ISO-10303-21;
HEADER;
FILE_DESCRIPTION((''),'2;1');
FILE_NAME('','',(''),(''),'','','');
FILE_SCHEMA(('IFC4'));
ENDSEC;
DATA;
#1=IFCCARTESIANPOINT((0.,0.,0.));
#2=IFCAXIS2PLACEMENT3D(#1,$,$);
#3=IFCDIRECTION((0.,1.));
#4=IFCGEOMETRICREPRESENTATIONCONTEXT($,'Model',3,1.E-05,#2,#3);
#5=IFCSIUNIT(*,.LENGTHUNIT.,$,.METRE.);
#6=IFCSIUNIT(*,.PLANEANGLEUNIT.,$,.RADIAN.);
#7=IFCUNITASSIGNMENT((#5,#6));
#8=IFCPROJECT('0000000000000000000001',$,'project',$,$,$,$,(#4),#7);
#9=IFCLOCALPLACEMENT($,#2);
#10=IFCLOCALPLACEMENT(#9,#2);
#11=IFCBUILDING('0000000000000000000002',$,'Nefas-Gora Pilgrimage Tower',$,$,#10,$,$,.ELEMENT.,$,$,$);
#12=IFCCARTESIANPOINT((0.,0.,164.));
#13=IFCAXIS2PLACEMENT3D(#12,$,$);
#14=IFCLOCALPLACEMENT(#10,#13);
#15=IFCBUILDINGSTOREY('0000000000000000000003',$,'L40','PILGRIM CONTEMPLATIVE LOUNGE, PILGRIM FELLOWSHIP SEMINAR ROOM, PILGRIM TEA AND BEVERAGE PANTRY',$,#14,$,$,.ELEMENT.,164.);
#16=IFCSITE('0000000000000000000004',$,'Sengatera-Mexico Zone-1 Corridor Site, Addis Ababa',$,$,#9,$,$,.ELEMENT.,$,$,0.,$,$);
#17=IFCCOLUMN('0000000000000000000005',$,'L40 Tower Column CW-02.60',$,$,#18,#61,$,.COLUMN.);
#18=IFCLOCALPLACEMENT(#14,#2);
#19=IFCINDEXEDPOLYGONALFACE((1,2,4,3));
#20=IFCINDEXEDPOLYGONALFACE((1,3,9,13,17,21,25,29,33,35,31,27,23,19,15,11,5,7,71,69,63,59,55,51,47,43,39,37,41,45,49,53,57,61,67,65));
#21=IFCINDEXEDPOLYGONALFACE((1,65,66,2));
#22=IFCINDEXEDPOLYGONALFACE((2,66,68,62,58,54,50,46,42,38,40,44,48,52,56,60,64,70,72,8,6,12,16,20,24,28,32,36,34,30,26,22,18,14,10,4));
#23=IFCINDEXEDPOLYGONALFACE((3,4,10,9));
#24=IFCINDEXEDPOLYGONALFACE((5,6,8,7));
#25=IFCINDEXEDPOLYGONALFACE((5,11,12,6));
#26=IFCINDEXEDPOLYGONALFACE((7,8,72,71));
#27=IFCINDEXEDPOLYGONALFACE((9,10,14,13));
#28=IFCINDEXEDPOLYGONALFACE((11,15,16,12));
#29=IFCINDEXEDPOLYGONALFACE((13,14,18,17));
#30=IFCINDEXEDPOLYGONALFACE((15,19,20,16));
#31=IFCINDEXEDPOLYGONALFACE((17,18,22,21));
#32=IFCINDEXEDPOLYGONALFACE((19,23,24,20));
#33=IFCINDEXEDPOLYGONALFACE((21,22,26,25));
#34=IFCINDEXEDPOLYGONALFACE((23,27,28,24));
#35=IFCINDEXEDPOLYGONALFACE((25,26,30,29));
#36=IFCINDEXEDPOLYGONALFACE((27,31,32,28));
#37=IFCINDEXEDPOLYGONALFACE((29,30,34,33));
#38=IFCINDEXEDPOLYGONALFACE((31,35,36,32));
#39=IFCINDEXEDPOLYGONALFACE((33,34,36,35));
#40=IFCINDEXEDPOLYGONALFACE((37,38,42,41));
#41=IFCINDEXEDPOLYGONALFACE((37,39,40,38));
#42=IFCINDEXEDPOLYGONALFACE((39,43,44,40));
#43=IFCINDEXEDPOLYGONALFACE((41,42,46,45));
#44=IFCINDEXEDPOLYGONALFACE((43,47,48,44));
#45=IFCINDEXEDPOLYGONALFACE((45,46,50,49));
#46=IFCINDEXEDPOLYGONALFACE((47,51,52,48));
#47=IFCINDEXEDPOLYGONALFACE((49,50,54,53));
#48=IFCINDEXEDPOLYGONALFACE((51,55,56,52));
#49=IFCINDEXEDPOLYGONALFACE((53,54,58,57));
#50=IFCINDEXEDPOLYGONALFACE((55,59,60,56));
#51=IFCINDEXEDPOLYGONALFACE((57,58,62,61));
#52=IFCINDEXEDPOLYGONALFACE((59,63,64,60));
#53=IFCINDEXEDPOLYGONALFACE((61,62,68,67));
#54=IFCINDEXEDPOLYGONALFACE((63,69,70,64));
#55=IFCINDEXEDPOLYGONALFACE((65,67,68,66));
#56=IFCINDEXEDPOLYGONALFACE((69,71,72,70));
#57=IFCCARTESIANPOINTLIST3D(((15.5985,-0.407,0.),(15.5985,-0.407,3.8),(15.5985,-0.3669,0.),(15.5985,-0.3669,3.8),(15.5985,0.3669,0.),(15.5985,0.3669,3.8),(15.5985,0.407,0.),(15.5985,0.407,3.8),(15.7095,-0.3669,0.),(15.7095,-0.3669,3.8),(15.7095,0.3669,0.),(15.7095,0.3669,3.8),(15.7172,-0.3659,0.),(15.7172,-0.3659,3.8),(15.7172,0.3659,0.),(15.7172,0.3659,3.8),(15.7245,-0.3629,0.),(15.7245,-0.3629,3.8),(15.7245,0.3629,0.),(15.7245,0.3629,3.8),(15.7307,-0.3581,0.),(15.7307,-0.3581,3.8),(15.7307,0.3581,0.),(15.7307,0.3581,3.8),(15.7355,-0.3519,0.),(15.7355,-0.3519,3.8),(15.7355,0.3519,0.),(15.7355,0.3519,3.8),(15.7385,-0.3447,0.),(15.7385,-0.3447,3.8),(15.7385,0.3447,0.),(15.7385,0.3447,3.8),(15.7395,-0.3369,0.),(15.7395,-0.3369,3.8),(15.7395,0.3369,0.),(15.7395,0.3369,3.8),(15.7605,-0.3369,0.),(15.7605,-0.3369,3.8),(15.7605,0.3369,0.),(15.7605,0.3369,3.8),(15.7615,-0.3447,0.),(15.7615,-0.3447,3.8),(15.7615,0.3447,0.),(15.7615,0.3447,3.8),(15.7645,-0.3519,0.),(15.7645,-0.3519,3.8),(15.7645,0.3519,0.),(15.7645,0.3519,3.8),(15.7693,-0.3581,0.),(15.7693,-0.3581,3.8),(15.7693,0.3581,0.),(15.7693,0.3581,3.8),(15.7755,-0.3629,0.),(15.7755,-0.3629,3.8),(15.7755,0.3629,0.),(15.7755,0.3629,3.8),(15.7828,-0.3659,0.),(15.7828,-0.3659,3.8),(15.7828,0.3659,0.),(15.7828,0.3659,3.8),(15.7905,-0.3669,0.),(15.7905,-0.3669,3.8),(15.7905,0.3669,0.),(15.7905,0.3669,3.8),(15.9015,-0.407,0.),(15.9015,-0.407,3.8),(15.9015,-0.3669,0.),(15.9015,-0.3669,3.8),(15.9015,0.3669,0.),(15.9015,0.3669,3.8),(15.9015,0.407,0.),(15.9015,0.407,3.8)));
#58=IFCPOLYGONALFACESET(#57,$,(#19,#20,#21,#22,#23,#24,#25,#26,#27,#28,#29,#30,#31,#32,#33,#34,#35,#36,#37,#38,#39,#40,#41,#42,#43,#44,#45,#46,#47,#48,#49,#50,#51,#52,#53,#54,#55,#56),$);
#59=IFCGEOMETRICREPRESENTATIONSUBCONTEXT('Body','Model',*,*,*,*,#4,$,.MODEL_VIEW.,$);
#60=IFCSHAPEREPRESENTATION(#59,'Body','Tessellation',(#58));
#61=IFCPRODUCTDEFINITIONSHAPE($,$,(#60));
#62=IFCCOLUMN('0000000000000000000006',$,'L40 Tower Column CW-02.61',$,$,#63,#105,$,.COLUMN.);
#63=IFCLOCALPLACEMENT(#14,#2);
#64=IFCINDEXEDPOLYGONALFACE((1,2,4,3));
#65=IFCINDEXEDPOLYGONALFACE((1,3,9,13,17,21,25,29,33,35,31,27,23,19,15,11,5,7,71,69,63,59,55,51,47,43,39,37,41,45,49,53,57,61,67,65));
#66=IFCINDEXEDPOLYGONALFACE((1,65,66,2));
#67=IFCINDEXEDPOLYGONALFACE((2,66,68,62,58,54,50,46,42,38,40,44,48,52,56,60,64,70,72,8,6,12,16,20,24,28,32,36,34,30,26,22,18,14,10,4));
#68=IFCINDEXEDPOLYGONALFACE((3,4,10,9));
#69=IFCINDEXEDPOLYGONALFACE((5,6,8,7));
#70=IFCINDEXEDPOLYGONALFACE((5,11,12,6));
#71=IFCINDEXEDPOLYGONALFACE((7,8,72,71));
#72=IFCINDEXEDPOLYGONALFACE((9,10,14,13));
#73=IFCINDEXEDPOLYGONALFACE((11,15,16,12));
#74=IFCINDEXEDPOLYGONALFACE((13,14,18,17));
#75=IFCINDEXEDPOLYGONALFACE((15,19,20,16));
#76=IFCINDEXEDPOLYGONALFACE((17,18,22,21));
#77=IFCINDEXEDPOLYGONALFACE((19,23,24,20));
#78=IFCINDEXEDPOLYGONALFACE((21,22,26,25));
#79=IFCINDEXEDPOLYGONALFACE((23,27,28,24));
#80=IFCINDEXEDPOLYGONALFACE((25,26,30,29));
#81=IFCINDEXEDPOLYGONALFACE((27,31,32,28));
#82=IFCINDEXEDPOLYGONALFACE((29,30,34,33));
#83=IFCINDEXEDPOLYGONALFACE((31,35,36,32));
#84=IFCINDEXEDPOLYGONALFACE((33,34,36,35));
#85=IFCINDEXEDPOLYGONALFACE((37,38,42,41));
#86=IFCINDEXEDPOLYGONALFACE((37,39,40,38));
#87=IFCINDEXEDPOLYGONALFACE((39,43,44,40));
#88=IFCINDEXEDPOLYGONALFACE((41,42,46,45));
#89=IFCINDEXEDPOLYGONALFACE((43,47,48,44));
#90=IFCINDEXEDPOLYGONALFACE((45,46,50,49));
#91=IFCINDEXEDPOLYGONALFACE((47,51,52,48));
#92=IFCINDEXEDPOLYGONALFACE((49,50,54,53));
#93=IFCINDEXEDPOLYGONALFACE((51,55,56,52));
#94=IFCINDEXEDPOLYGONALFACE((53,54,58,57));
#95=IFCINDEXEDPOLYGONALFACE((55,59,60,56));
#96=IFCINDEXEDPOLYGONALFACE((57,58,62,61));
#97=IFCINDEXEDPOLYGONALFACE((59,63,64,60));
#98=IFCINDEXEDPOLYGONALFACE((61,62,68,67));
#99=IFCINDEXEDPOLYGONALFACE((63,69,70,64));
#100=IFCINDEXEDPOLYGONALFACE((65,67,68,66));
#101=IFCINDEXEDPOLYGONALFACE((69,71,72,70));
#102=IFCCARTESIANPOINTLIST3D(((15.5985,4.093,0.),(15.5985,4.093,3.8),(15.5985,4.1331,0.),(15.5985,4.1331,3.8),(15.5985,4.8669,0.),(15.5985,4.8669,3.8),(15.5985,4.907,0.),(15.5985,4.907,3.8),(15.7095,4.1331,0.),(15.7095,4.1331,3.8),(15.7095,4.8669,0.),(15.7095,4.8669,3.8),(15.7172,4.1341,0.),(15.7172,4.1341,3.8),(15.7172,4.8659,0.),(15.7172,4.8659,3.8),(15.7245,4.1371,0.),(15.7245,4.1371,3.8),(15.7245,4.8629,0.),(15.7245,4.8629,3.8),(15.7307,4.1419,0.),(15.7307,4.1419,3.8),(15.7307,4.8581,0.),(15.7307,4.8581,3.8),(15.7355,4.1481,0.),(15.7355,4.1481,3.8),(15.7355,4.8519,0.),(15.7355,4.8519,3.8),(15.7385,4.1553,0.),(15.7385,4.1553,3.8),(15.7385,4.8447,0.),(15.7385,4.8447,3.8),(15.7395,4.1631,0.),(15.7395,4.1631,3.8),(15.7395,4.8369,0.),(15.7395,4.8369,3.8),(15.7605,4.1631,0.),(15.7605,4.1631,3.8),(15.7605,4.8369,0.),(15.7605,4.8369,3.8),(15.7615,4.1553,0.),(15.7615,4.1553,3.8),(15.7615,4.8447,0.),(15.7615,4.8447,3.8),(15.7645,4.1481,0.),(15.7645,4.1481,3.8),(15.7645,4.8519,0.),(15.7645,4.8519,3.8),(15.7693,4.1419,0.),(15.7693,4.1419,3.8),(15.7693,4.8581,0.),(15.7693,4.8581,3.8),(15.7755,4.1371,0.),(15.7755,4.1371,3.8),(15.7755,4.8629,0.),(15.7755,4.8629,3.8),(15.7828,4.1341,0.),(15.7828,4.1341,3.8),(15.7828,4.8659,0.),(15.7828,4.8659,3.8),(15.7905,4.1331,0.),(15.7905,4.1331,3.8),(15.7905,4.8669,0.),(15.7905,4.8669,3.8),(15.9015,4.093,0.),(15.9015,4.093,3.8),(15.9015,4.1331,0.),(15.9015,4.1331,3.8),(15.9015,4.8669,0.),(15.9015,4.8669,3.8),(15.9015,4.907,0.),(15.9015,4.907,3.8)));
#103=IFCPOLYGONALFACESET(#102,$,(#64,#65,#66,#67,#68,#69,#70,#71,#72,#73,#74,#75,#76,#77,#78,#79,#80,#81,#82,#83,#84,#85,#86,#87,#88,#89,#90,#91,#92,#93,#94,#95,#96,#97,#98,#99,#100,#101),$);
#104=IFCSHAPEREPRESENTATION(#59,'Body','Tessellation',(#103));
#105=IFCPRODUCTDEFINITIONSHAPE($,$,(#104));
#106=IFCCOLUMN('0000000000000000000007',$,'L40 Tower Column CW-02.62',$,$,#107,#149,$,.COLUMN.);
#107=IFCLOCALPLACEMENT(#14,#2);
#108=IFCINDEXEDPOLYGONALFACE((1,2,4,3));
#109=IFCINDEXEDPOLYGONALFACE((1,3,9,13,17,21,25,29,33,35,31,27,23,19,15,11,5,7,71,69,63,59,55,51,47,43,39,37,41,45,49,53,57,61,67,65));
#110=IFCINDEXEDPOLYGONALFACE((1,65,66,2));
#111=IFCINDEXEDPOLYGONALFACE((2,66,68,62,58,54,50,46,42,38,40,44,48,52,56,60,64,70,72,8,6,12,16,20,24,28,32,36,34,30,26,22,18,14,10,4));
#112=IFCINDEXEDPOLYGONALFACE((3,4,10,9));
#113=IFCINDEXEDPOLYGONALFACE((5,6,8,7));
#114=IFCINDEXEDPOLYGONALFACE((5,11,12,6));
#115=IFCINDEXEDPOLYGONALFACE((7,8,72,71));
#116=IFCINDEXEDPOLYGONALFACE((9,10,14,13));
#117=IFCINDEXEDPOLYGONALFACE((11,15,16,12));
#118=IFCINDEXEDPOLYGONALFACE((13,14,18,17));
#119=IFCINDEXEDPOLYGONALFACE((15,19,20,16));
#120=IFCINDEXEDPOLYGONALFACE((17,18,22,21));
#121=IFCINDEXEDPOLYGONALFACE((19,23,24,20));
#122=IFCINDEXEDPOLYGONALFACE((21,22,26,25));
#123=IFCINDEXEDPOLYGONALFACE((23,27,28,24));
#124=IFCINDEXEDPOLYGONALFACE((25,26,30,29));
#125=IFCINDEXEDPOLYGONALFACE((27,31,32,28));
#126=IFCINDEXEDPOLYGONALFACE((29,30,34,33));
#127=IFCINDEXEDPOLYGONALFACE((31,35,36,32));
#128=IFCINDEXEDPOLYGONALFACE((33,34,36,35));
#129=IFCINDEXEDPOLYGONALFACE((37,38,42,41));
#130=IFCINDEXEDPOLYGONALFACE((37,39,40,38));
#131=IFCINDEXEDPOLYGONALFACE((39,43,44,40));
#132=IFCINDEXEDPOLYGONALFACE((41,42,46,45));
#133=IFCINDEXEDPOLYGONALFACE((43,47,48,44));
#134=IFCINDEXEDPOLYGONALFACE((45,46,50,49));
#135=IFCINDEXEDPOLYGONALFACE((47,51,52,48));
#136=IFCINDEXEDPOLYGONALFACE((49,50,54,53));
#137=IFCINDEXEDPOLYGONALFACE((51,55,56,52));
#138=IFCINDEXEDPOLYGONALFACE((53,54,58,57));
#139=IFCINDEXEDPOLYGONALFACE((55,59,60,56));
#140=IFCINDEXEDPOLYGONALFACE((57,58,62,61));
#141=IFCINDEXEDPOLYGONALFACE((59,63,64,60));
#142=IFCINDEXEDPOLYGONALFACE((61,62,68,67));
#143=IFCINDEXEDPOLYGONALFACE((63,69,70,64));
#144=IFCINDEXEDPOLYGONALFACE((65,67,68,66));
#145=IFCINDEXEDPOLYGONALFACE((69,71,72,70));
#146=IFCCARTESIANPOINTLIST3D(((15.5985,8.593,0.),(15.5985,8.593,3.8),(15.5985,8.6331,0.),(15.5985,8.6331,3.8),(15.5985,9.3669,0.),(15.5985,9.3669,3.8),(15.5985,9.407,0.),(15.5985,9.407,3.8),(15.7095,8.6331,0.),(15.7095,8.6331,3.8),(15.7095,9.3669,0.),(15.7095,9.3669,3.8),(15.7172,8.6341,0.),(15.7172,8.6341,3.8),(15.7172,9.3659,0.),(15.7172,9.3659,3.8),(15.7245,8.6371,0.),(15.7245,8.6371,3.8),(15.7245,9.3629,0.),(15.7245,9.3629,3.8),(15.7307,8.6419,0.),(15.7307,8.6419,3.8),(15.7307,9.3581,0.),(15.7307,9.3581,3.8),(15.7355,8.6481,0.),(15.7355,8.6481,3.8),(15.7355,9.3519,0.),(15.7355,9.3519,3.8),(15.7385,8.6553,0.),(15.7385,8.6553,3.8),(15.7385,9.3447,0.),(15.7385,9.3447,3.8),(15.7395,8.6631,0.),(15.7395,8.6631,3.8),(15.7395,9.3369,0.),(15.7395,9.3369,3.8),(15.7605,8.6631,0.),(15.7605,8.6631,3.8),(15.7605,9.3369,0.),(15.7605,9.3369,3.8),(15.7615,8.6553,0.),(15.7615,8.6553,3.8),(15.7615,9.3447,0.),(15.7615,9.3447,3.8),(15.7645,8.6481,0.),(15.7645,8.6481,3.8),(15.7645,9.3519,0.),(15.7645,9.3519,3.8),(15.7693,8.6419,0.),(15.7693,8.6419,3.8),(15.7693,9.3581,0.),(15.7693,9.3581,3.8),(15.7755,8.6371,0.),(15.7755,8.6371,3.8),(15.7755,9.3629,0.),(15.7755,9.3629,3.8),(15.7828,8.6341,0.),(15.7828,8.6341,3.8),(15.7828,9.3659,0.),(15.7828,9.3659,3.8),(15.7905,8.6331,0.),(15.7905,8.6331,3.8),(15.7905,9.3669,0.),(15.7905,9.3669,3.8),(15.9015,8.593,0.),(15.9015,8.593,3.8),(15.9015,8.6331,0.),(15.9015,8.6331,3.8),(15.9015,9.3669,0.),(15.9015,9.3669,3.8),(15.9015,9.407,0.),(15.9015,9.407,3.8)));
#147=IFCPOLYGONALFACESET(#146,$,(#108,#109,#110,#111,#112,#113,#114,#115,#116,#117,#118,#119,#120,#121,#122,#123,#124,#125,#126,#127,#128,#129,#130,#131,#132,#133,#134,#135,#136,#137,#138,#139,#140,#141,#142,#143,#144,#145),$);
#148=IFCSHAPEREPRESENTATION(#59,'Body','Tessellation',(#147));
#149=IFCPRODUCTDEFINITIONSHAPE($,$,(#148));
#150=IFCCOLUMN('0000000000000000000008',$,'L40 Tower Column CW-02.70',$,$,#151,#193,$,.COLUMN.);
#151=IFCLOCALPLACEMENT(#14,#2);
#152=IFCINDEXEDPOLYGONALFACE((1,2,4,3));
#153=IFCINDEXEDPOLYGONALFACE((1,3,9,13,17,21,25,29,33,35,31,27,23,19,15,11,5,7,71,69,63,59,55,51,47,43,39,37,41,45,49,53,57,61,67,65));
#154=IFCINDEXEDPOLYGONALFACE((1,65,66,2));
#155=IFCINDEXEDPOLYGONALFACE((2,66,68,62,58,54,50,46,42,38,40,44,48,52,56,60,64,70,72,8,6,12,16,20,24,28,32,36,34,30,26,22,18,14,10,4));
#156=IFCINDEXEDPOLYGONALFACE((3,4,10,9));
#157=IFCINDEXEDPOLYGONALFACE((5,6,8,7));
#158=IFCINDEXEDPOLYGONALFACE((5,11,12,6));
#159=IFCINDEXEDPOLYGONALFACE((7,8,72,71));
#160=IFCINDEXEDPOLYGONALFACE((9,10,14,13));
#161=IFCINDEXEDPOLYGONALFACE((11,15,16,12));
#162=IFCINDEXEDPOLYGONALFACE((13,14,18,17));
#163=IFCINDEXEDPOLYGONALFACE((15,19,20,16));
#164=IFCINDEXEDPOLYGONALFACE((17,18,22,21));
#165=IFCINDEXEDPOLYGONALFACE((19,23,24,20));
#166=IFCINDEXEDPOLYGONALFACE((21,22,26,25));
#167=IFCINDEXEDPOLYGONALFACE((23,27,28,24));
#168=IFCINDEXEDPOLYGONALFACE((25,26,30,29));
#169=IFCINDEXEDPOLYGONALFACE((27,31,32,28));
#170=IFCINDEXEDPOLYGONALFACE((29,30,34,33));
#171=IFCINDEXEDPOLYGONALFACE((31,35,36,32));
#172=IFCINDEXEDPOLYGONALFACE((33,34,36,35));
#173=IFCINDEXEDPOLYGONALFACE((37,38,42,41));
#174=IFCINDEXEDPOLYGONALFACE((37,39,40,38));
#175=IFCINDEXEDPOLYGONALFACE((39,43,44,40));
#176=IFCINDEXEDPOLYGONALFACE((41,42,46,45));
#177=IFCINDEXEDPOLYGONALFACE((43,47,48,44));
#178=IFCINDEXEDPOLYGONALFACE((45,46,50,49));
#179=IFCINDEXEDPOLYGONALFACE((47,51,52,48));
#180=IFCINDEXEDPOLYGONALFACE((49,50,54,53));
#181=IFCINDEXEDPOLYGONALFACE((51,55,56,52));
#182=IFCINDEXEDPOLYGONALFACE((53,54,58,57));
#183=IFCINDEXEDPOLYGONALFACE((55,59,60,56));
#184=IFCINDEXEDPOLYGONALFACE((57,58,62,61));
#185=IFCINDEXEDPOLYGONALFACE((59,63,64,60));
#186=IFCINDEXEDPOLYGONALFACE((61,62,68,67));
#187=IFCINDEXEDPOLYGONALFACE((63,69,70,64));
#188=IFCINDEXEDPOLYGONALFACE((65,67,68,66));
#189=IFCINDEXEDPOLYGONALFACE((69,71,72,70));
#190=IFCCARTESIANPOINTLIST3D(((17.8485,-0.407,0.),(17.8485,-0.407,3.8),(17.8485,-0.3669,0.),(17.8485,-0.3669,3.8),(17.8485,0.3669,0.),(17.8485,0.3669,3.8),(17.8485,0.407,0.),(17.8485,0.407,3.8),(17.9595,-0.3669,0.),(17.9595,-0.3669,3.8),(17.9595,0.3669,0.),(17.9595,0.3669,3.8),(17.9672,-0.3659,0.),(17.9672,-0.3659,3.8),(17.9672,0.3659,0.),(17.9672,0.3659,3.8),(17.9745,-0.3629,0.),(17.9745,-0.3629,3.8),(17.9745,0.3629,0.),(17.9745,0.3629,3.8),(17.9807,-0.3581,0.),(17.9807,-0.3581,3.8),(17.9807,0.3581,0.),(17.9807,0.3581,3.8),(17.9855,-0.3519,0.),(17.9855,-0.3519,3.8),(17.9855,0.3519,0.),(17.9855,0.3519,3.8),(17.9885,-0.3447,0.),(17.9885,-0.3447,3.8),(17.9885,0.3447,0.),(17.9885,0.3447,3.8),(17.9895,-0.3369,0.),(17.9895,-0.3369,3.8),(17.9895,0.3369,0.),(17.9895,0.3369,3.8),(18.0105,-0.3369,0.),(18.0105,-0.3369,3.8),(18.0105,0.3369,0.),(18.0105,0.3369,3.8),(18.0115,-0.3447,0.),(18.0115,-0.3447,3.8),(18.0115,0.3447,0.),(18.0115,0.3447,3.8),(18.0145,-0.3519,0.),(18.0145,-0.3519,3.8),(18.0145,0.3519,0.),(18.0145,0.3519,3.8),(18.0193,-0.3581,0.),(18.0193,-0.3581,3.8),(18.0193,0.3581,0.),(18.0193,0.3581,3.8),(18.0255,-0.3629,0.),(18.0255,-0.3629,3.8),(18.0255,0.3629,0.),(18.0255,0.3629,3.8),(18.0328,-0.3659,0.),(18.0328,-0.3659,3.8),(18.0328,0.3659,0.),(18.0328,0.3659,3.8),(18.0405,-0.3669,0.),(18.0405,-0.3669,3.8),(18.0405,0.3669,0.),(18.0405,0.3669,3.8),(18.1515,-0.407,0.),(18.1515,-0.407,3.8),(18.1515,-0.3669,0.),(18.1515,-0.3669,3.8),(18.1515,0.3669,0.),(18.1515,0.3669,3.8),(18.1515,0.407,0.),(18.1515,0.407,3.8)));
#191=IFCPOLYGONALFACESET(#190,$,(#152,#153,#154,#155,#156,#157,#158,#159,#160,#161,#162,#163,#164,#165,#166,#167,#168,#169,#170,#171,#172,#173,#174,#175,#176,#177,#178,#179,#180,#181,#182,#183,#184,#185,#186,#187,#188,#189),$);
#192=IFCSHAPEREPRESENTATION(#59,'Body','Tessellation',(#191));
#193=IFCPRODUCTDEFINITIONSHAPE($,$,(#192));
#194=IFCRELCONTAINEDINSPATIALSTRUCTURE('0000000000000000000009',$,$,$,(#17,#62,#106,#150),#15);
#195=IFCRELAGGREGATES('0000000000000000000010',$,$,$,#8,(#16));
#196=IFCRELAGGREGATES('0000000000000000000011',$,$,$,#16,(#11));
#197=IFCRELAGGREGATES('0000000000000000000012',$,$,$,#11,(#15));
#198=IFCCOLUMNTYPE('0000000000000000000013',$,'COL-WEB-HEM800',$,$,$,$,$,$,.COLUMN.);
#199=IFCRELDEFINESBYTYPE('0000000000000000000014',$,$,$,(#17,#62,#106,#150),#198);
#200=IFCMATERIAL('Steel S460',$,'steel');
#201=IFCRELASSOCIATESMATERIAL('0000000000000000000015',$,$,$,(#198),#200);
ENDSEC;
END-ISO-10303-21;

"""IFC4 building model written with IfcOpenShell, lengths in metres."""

from ifc_helpers import new_model, si_unit, direction, frame, origin, origin_2d, place, context, subcontext, project, spatial, i_section, extrude, source, transform, mapped, material, material_profile, profile_set, type_object, element, save


model = new_model("IFC4")

# Units and contexts
model_context = context("Model", 3, precision=1e-05, world=origin(), true_north=direction((0.0, 1.0)))
body_context = subcontext(model_context, "Body", "Model", "MODEL_VIEW")
ifc_project = project(units=[si_unit("LENGTHUNIT", "METRE"), si_unit("PLANEANGLEUNIT", "RADIAN")], contexts=[model_context])

# Site, building, storey
site_placement = place(None, origin())
site = spatial("IfcSite", under=ifc_project, at=site_placement, Name="Sengatera-Mexico Zone-1 Corridor Site, Addis Ababa", CompositionType="ELEMENT", RefElevation=0.0)
building_placement = place(site_placement, origin())
building = spatial("IfcBuilding", under=site, at=building_placement, Name="Nefas-Gora Pilgrimage Tower", CompositionType="ELEMENT")
storey_placement = place(building_placement, frame((0.0, 0.0, 164.0)))
storey = spatial("IfcBuildingStorey", under=building, at=storey_placement, Name="L40", Description="PILGRIM CONTEMPLATIVE LOUNGE, PILGRIM FELLOWSHIP SEMINAR ROOM, PILGRIM TEA AND BEVERAGE PANTRY", CompositionType="ELEMENT", Elevation=164.0)

# Columns
ifc_material_1 = material(Name="Steel S460", Category="steel")
ifc_material_profile_1 = material_profile(ifc_material_1, i_section(OverallWidth=0.303, OverallDepth=0.814, WebThickness=0.021, FlangeThickness=0.04, FilletRadius=0.03, at=origin_2d()), Name="HEM 800")
ifc_profile_set_1 = profile_set([ifc_material_profile_1], Name="Steel S460")
column_type_1 = type_object("IfcColumnType", Name="COL-WEB-HEM800", PredefinedType="COLUMN", material=ifc_profile_set_1)
shared_shape_1 = source(origin(), body_context, "Body", "SweptSolid", [
    extrude(i_section(OverallWidth=0.303, OverallDepth=0.814, WebThickness=0.021, FlangeThickness=0.04, FilletRadius=0.03, at=origin_2d()), origin(), (0.0, 0.0, 1.0), 3.8),
])
for number, where, z_axis, x_axis, name in (
    (1, (15.75, 0.0, 0.0), (0.0, 0.0, 1.0), (1.0, 0.0, 0.0), "L40 Tower Column CW-02.60"),
    (2, (15.75, 4.5, 0.0), (0.0, 0.0, 1.0), (1.0, 0.0, 0.0), "L40 Tower Column CW-02.61"),
    (3, (15.75, 9.0, 0.0), (0.0, 0.0, 1.0), (1.0, 0.0, 0.0), "L40 Tower Column CW-02.62"),
    (4, (18.0, 0.0, 0.0), (0.0, 0.0, 1.0), (1.0, 0.0, 0.0), "L40 Tower Column CW-02.70"),
):
    element("IfcColumn", number, at=place(storey_placement, frame(where, z_axis=z_axis, x_axis=x_axis)), inside=storey, type_object=column_type_1, Name=name, PredefinedType="COLUMN", context=body_context, shape_type="MappedRepresentation", body=[
        mapped(shared_shape_1, transform((0.0, 0.0, 0.0), x_axis=(1.0, 0.0, 0.0), y_axis=(0.0, 1.0, 0.0), z_axis=(0.0, 0.0, 1.0), scale=1.0)),
    ])

save(model, "model.ifc")
